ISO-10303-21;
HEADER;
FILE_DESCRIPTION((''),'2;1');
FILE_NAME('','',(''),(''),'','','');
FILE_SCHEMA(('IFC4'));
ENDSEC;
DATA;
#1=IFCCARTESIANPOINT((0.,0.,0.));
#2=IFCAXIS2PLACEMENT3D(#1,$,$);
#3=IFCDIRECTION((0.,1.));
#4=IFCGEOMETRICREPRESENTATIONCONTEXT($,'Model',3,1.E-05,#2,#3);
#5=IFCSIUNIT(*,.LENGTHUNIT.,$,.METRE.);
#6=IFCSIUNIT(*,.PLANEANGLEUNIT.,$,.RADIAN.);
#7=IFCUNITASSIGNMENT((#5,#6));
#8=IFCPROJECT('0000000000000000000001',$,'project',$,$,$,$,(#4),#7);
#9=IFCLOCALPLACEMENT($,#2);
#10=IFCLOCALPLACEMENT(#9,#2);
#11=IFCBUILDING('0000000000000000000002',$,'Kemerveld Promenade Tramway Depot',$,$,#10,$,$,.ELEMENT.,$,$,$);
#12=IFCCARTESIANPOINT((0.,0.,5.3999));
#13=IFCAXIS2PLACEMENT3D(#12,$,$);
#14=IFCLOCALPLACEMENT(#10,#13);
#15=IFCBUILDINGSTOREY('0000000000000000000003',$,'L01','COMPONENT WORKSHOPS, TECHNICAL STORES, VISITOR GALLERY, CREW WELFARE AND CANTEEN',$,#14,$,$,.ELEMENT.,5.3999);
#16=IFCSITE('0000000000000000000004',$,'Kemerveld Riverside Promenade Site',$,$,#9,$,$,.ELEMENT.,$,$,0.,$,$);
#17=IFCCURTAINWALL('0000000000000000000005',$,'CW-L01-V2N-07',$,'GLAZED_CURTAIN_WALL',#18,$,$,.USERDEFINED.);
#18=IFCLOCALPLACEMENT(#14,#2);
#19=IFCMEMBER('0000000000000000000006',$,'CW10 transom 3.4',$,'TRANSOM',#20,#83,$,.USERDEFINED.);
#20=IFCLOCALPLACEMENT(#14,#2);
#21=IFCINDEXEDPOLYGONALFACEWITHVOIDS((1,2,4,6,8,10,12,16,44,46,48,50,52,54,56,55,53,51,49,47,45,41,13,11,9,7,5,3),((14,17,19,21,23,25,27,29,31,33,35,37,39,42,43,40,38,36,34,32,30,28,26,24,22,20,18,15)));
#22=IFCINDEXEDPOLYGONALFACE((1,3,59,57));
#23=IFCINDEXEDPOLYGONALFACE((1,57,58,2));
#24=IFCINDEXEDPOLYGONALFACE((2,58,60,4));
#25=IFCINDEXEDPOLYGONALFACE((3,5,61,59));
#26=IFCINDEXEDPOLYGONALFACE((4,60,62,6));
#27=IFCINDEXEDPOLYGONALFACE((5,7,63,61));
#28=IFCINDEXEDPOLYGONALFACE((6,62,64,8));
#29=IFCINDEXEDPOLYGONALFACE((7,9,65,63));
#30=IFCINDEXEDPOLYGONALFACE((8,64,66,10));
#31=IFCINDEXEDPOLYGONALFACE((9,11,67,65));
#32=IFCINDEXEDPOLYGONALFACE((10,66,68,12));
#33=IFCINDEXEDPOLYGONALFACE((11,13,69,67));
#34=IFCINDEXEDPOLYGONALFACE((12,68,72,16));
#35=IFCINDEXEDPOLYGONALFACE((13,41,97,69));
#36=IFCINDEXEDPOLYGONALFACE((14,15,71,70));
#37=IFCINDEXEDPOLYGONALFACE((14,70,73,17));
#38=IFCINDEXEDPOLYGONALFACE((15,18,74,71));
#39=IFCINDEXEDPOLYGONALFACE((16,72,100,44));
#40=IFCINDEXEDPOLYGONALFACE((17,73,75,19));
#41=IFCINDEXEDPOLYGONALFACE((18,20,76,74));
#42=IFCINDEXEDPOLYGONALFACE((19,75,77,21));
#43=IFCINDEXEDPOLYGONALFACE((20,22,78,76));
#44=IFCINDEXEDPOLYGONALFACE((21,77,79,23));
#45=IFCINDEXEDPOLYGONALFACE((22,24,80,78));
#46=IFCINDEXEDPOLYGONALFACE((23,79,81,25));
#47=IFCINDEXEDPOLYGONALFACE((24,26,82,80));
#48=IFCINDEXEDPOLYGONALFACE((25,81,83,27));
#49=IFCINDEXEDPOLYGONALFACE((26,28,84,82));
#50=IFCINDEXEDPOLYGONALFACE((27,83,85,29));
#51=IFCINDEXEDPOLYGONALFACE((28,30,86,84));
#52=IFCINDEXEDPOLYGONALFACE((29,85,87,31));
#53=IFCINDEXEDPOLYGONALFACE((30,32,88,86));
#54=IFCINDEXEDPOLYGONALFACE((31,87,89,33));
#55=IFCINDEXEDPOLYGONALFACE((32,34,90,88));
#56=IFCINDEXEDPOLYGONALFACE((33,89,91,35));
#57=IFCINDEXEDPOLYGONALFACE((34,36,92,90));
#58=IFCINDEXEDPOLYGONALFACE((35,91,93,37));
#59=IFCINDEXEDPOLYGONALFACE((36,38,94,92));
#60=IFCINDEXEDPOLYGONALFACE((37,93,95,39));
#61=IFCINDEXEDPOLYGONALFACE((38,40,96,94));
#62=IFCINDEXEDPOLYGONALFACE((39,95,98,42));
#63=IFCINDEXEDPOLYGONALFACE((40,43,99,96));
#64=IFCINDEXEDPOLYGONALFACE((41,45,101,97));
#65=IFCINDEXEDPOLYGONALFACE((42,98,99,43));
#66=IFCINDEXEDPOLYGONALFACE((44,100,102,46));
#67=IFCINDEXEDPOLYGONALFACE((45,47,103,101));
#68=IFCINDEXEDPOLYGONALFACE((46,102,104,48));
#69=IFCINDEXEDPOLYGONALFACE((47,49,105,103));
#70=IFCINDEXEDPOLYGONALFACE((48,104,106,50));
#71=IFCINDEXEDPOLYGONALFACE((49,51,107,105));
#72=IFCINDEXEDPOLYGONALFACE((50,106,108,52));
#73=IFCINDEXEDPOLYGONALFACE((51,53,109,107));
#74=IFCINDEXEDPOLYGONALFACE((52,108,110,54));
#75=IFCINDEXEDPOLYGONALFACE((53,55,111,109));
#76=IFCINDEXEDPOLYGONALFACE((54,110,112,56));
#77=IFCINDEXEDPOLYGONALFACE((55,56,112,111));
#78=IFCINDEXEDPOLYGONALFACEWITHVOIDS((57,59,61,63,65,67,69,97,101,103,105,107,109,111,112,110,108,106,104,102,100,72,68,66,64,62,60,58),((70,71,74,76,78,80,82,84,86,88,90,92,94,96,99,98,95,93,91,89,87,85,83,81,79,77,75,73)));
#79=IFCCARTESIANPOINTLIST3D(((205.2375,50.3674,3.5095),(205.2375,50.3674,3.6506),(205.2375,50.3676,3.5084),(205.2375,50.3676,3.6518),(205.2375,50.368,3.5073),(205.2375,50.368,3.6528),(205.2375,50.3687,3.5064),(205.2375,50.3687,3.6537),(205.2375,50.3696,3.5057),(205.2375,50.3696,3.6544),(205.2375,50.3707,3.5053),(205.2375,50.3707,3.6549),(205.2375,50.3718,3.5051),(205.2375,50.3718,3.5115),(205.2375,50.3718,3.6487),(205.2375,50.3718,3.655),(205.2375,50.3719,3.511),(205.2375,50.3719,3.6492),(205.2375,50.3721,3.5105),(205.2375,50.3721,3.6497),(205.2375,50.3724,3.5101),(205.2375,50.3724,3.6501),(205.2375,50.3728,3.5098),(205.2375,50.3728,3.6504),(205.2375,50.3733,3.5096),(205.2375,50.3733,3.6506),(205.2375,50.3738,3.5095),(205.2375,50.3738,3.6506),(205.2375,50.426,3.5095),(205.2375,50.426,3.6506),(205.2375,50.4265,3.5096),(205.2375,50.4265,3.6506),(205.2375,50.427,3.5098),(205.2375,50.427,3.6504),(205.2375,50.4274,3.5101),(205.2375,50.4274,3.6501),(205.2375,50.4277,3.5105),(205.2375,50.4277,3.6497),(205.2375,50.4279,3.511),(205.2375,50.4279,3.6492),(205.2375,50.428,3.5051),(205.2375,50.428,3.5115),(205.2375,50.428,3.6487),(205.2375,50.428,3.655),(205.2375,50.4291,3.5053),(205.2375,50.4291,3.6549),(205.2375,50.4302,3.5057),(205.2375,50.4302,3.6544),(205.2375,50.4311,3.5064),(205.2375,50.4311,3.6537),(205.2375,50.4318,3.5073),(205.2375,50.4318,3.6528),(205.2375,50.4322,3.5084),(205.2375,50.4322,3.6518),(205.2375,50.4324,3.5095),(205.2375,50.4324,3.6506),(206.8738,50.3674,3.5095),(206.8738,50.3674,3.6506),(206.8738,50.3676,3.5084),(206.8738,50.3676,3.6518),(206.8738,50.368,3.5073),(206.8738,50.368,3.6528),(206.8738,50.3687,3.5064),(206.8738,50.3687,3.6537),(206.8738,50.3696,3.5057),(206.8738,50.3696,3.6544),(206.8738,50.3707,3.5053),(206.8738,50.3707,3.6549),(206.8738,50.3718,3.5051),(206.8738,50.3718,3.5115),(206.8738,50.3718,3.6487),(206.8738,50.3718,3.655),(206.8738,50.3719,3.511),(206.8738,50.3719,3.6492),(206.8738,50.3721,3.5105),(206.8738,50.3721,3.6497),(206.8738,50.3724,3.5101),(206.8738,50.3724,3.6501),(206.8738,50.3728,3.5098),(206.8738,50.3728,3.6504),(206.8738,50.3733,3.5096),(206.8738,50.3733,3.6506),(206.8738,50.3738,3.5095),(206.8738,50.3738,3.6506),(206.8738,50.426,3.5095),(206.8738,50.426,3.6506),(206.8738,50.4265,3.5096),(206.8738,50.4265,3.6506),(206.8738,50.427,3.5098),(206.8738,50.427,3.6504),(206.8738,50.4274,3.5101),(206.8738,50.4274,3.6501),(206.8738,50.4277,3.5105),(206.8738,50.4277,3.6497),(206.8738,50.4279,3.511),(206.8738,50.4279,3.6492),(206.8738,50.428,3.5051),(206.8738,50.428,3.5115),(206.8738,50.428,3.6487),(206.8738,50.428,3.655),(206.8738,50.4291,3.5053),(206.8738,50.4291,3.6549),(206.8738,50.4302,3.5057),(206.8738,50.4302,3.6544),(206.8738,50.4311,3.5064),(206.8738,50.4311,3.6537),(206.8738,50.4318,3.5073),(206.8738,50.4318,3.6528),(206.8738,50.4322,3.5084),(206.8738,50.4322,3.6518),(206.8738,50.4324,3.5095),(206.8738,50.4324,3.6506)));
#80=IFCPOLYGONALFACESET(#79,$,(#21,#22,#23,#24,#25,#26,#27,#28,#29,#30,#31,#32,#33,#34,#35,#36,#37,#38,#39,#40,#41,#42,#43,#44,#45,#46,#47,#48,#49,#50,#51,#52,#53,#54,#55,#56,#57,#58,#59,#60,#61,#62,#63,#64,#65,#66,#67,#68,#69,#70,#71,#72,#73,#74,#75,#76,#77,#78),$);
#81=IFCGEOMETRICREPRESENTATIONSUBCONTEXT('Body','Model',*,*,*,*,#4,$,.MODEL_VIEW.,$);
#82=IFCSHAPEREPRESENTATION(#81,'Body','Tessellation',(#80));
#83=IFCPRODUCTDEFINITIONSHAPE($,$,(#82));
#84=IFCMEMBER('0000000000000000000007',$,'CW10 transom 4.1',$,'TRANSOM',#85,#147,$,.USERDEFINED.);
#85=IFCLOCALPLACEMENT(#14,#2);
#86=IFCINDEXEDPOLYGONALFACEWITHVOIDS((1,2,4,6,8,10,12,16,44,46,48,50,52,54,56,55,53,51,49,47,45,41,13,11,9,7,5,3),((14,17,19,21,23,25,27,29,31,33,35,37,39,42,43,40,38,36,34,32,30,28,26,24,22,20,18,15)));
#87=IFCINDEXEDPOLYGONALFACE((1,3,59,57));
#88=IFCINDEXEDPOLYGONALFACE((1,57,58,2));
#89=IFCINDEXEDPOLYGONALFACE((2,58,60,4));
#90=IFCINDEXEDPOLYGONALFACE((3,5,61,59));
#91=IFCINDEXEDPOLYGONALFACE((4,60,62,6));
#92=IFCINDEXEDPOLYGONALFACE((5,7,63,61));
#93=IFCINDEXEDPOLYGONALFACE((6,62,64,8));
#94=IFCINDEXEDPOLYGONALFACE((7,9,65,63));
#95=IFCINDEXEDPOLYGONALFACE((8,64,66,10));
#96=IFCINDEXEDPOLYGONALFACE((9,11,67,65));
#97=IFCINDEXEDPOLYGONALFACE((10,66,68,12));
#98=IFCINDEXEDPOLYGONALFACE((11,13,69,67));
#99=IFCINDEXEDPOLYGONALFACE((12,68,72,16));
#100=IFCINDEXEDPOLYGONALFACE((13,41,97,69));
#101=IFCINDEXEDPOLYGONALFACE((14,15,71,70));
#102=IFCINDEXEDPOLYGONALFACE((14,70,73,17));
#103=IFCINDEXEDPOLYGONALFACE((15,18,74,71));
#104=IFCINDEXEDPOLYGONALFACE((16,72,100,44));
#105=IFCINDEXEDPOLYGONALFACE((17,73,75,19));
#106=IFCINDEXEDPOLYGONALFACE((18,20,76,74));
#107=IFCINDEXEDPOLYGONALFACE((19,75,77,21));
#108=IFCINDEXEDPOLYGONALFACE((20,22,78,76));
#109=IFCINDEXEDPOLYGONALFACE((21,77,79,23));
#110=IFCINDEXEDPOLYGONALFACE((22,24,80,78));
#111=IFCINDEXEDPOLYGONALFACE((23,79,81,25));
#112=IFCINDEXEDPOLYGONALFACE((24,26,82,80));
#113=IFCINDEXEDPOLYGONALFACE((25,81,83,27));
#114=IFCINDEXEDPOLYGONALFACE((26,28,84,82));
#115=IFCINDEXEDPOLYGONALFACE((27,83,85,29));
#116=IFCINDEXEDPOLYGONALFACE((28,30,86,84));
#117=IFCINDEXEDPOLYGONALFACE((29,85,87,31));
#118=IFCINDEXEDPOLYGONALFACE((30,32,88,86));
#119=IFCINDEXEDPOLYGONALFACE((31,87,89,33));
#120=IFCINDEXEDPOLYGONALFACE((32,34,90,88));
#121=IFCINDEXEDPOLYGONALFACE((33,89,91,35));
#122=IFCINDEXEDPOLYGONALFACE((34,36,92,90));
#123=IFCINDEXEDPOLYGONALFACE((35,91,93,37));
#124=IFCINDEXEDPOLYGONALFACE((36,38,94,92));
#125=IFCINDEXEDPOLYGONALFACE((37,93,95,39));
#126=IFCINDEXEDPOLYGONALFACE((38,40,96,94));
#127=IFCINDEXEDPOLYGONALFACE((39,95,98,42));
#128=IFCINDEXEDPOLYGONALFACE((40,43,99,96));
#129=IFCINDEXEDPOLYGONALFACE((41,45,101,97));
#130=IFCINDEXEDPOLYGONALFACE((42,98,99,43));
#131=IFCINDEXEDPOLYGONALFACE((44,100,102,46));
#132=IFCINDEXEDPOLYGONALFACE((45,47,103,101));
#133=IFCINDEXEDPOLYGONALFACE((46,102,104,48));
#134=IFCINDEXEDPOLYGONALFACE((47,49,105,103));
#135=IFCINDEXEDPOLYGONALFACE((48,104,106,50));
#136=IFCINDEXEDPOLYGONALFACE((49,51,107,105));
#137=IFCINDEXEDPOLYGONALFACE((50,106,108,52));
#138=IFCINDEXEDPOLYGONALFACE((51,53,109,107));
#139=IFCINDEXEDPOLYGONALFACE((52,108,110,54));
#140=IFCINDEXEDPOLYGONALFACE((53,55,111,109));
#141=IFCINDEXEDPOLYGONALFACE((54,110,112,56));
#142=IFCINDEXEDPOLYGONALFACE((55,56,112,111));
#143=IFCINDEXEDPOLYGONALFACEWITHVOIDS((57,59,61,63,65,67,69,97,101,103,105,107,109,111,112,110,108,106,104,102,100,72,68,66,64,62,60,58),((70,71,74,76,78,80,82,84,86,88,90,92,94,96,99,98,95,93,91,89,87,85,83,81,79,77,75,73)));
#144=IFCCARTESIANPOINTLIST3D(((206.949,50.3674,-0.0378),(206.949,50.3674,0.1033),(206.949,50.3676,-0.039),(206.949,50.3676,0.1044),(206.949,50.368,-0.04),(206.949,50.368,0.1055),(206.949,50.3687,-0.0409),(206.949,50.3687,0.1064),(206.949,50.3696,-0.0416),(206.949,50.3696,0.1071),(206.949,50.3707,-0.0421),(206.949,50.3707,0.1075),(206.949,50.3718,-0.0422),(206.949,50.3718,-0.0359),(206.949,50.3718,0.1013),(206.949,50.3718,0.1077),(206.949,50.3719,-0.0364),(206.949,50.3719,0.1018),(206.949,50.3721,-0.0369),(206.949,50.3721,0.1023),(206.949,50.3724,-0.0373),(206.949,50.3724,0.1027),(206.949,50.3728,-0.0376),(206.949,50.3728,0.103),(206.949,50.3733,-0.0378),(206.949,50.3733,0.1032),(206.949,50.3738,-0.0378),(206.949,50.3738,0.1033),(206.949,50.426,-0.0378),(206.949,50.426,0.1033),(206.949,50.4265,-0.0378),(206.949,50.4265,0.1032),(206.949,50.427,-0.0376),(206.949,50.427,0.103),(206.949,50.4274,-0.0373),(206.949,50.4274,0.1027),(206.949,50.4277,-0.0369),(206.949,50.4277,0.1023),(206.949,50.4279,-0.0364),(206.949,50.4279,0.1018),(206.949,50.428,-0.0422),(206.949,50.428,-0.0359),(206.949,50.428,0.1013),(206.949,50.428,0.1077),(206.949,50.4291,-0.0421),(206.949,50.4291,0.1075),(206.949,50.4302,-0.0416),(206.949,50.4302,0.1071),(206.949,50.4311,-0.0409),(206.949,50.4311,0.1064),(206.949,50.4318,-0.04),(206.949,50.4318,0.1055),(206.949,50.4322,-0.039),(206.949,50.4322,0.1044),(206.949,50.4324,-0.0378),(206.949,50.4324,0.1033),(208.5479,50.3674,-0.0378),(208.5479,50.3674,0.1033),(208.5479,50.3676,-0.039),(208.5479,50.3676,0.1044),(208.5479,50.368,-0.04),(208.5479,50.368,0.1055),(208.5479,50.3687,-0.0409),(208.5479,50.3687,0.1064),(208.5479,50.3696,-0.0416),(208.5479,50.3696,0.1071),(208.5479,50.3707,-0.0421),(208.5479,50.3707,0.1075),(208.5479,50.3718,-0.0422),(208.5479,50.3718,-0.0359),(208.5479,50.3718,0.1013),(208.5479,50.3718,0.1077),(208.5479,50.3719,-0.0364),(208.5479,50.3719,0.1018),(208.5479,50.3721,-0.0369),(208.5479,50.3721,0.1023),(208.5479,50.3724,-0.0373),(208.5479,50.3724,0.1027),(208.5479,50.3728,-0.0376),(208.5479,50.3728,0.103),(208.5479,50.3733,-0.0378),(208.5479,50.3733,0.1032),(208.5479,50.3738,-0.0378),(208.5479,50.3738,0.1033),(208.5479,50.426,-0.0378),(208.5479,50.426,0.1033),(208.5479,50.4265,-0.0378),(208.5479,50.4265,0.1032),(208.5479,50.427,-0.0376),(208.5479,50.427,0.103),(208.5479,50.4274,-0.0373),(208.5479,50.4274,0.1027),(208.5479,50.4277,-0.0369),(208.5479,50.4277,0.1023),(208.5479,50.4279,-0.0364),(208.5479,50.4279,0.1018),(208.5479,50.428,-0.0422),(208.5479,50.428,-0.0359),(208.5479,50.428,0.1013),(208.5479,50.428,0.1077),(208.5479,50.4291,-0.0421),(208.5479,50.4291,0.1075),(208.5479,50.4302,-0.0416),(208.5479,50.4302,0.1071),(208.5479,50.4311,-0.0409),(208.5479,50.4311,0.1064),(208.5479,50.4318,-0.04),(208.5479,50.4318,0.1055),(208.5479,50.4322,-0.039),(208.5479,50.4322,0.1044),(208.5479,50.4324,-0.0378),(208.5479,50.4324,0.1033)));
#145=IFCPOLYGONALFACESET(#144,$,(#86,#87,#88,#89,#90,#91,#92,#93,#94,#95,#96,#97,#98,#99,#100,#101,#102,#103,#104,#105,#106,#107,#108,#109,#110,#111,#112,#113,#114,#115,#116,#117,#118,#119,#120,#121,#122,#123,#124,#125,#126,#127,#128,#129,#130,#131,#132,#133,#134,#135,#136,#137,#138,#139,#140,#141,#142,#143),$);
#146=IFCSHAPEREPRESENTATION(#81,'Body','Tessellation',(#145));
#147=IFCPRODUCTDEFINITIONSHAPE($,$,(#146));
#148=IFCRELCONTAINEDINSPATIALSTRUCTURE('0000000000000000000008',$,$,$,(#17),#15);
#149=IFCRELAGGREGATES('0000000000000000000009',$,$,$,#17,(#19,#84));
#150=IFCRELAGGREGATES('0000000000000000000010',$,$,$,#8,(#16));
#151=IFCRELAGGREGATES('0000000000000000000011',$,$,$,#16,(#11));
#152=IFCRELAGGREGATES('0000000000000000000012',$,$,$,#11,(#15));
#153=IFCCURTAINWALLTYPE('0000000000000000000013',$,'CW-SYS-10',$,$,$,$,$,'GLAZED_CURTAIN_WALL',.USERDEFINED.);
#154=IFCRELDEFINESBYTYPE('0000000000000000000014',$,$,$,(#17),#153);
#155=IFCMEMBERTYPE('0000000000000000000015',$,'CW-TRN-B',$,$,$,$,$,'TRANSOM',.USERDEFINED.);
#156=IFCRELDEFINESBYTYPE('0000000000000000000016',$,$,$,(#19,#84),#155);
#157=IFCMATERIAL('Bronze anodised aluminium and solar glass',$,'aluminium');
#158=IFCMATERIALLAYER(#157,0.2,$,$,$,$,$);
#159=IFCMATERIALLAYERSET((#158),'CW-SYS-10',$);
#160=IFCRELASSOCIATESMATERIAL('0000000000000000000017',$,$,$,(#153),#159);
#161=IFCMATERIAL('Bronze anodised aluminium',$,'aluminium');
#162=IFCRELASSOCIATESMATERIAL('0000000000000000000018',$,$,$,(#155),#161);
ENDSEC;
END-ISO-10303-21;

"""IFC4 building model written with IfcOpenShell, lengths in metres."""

from ifc_helpers import new_model, si_unit, direction, frame, origin, origin_2d, place, context, subcontext, project, spatial, hollow_rectangle, extrude, material, layer, layer_set, material_profile, profile_set, type_object, element, aggregate, save


model = new_model("IFC4")

# Units and contexts
model_context = context("Model", 3, precision=1e-05, world=origin(), true_north=direction((0.0, 1.0)))
body_context = subcontext(model_context, "Body", "Model", "MODEL_VIEW")
ifc_project = project(units=[si_unit("LENGTHUNIT", "METRE"), si_unit("PLANEANGLEUNIT", "RADIAN")], contexts=[model_context])

# Site, building, storey
site_placement = place(None, origin())
site = spatial("IfcSite", under=ifc_project, at=site_placement, Name="Kemerveld Riverside Promenade Site", CompositionType="ELEMENT", RefElevation=0.0)
building_placement = place(site_placement, origin())
building = spatial("IfcBuilding", under=site, at=building_placement, Name="Kemerveld Promenade Tramway Depot", CompositionType="ELEMENT")
storey_placement = place(building_placement, frame((0.0, 0.0, 5.3999)))
storey = spatial("IfcBuildingStorey", under=building, at=storey_placement, Name="L01", Description="COMPONENT WORKSHOPS, TECHNICAL STORES, VISITOR GALLERY, CREW WELFARE AND CANTEEN", CompositionType="ELEMENT", Elevation=5.3999)

# Curtain wall, members
ifc_material_1 = material(Name="Bronze anodised aluminium and solar glass", Category="aluminium")
ifc_layer_1 = layer(ifc_material_1, 0.2)
ifc_layer_set_1 = layer_set([ifc_layer_1], Name="CW-SYS-10")
curtain_wall_type = type_object("IfcCurtainWallType", Name="CW-SYS-10", ElementType="GLAZED_CURTAIN_WALL", PredefinedType="USERDEFINED", material=ifc_layer_set_1)
curtain_wall_placement = place(storey_placement, origin())
curtain_wall = element("IfcCurtainWall", 1, at=curtain_wall_placement, inside=storey, type_object=curtain_wall_type, Name="CW-L01-V2N-07", ObjectType="GLAZED_CURTAIN_WALL", PredefinedType="USERDEFINED")
ifc_material_2 = material(Name="Bronze anodised aluminium", Category="aluminium")
ifc_material_profile_1 = material_profile(ifc_material_2, hollow_rectangle(XDim=0.0649, YDim=0.1499, WallThickness=0.0044, InnerFilletRadius=0.002, OuterFilletRadius=0.0044, at=origin_2d()), Name="CW-TRN-150x65")
ifc_profile_set_1 = profile_set([ifc_material_profile_1], Name="Bronze anodised aluminium")
member_type_1 = type_object("IfcMemberType", Name="CW-TRN-B", ElementType="TRANSOM", PredefinedType="USERDEFINED", material=ifc_profile_set_1)
member_1_placement = place(storey_placement, frame((205.2375, 50.3999, 3.5801), z_axis=(1.0, 0.0, 0.0), x_axis=(0.0, 1.0, 0.0)))
member_1 = element("IfcMember", 2, at=member_1_placement, type_object=member_type_1, Name="CW10 transom 3.4", ObjectType="TRANSOM", PredefinedType="USERDEFINED", context=body_context, shape_type="SweptSolid", body=[
    extrude(hollow_rectangle(XDim=0.0649, YDim=0.1499, WallThickness=0.0044, InnerFilletRadius=0.002, OuterFilletRadius=0.0044, at=origin_2d()), origin(), (0.0, 0.0, 1.0), 1.6362),
])
member_2_placement = place(storey_placement, frame((206.949, 50.3999, 0.0327), z_axis=(1.0, 0.0, 0.0), x_axis=(0.0, 1.0, 0.0)))
member_2 = element("IfcMember", 3, at=member_2_placement, type_object=member_type_1, Name="CW10 transom 4.1", ObjectType="TRANSOM", PredefinedType="USERDEFINED", context=body_context, shape_type="SweptSolid", body=[
    extrude(hollow_rectangle(XDim=0.0649, YDim=0.1499, WallThickness=0.0044, InnerFilletRadius=0.002, OuterFilletRadius=0.0044, at=origin_2d()), origin(), (0.0, 0.0, 1.0), 1.5989),
])
aggregate(curtain_wall, [member_1, member_2])

save(model, "model.ifc")
